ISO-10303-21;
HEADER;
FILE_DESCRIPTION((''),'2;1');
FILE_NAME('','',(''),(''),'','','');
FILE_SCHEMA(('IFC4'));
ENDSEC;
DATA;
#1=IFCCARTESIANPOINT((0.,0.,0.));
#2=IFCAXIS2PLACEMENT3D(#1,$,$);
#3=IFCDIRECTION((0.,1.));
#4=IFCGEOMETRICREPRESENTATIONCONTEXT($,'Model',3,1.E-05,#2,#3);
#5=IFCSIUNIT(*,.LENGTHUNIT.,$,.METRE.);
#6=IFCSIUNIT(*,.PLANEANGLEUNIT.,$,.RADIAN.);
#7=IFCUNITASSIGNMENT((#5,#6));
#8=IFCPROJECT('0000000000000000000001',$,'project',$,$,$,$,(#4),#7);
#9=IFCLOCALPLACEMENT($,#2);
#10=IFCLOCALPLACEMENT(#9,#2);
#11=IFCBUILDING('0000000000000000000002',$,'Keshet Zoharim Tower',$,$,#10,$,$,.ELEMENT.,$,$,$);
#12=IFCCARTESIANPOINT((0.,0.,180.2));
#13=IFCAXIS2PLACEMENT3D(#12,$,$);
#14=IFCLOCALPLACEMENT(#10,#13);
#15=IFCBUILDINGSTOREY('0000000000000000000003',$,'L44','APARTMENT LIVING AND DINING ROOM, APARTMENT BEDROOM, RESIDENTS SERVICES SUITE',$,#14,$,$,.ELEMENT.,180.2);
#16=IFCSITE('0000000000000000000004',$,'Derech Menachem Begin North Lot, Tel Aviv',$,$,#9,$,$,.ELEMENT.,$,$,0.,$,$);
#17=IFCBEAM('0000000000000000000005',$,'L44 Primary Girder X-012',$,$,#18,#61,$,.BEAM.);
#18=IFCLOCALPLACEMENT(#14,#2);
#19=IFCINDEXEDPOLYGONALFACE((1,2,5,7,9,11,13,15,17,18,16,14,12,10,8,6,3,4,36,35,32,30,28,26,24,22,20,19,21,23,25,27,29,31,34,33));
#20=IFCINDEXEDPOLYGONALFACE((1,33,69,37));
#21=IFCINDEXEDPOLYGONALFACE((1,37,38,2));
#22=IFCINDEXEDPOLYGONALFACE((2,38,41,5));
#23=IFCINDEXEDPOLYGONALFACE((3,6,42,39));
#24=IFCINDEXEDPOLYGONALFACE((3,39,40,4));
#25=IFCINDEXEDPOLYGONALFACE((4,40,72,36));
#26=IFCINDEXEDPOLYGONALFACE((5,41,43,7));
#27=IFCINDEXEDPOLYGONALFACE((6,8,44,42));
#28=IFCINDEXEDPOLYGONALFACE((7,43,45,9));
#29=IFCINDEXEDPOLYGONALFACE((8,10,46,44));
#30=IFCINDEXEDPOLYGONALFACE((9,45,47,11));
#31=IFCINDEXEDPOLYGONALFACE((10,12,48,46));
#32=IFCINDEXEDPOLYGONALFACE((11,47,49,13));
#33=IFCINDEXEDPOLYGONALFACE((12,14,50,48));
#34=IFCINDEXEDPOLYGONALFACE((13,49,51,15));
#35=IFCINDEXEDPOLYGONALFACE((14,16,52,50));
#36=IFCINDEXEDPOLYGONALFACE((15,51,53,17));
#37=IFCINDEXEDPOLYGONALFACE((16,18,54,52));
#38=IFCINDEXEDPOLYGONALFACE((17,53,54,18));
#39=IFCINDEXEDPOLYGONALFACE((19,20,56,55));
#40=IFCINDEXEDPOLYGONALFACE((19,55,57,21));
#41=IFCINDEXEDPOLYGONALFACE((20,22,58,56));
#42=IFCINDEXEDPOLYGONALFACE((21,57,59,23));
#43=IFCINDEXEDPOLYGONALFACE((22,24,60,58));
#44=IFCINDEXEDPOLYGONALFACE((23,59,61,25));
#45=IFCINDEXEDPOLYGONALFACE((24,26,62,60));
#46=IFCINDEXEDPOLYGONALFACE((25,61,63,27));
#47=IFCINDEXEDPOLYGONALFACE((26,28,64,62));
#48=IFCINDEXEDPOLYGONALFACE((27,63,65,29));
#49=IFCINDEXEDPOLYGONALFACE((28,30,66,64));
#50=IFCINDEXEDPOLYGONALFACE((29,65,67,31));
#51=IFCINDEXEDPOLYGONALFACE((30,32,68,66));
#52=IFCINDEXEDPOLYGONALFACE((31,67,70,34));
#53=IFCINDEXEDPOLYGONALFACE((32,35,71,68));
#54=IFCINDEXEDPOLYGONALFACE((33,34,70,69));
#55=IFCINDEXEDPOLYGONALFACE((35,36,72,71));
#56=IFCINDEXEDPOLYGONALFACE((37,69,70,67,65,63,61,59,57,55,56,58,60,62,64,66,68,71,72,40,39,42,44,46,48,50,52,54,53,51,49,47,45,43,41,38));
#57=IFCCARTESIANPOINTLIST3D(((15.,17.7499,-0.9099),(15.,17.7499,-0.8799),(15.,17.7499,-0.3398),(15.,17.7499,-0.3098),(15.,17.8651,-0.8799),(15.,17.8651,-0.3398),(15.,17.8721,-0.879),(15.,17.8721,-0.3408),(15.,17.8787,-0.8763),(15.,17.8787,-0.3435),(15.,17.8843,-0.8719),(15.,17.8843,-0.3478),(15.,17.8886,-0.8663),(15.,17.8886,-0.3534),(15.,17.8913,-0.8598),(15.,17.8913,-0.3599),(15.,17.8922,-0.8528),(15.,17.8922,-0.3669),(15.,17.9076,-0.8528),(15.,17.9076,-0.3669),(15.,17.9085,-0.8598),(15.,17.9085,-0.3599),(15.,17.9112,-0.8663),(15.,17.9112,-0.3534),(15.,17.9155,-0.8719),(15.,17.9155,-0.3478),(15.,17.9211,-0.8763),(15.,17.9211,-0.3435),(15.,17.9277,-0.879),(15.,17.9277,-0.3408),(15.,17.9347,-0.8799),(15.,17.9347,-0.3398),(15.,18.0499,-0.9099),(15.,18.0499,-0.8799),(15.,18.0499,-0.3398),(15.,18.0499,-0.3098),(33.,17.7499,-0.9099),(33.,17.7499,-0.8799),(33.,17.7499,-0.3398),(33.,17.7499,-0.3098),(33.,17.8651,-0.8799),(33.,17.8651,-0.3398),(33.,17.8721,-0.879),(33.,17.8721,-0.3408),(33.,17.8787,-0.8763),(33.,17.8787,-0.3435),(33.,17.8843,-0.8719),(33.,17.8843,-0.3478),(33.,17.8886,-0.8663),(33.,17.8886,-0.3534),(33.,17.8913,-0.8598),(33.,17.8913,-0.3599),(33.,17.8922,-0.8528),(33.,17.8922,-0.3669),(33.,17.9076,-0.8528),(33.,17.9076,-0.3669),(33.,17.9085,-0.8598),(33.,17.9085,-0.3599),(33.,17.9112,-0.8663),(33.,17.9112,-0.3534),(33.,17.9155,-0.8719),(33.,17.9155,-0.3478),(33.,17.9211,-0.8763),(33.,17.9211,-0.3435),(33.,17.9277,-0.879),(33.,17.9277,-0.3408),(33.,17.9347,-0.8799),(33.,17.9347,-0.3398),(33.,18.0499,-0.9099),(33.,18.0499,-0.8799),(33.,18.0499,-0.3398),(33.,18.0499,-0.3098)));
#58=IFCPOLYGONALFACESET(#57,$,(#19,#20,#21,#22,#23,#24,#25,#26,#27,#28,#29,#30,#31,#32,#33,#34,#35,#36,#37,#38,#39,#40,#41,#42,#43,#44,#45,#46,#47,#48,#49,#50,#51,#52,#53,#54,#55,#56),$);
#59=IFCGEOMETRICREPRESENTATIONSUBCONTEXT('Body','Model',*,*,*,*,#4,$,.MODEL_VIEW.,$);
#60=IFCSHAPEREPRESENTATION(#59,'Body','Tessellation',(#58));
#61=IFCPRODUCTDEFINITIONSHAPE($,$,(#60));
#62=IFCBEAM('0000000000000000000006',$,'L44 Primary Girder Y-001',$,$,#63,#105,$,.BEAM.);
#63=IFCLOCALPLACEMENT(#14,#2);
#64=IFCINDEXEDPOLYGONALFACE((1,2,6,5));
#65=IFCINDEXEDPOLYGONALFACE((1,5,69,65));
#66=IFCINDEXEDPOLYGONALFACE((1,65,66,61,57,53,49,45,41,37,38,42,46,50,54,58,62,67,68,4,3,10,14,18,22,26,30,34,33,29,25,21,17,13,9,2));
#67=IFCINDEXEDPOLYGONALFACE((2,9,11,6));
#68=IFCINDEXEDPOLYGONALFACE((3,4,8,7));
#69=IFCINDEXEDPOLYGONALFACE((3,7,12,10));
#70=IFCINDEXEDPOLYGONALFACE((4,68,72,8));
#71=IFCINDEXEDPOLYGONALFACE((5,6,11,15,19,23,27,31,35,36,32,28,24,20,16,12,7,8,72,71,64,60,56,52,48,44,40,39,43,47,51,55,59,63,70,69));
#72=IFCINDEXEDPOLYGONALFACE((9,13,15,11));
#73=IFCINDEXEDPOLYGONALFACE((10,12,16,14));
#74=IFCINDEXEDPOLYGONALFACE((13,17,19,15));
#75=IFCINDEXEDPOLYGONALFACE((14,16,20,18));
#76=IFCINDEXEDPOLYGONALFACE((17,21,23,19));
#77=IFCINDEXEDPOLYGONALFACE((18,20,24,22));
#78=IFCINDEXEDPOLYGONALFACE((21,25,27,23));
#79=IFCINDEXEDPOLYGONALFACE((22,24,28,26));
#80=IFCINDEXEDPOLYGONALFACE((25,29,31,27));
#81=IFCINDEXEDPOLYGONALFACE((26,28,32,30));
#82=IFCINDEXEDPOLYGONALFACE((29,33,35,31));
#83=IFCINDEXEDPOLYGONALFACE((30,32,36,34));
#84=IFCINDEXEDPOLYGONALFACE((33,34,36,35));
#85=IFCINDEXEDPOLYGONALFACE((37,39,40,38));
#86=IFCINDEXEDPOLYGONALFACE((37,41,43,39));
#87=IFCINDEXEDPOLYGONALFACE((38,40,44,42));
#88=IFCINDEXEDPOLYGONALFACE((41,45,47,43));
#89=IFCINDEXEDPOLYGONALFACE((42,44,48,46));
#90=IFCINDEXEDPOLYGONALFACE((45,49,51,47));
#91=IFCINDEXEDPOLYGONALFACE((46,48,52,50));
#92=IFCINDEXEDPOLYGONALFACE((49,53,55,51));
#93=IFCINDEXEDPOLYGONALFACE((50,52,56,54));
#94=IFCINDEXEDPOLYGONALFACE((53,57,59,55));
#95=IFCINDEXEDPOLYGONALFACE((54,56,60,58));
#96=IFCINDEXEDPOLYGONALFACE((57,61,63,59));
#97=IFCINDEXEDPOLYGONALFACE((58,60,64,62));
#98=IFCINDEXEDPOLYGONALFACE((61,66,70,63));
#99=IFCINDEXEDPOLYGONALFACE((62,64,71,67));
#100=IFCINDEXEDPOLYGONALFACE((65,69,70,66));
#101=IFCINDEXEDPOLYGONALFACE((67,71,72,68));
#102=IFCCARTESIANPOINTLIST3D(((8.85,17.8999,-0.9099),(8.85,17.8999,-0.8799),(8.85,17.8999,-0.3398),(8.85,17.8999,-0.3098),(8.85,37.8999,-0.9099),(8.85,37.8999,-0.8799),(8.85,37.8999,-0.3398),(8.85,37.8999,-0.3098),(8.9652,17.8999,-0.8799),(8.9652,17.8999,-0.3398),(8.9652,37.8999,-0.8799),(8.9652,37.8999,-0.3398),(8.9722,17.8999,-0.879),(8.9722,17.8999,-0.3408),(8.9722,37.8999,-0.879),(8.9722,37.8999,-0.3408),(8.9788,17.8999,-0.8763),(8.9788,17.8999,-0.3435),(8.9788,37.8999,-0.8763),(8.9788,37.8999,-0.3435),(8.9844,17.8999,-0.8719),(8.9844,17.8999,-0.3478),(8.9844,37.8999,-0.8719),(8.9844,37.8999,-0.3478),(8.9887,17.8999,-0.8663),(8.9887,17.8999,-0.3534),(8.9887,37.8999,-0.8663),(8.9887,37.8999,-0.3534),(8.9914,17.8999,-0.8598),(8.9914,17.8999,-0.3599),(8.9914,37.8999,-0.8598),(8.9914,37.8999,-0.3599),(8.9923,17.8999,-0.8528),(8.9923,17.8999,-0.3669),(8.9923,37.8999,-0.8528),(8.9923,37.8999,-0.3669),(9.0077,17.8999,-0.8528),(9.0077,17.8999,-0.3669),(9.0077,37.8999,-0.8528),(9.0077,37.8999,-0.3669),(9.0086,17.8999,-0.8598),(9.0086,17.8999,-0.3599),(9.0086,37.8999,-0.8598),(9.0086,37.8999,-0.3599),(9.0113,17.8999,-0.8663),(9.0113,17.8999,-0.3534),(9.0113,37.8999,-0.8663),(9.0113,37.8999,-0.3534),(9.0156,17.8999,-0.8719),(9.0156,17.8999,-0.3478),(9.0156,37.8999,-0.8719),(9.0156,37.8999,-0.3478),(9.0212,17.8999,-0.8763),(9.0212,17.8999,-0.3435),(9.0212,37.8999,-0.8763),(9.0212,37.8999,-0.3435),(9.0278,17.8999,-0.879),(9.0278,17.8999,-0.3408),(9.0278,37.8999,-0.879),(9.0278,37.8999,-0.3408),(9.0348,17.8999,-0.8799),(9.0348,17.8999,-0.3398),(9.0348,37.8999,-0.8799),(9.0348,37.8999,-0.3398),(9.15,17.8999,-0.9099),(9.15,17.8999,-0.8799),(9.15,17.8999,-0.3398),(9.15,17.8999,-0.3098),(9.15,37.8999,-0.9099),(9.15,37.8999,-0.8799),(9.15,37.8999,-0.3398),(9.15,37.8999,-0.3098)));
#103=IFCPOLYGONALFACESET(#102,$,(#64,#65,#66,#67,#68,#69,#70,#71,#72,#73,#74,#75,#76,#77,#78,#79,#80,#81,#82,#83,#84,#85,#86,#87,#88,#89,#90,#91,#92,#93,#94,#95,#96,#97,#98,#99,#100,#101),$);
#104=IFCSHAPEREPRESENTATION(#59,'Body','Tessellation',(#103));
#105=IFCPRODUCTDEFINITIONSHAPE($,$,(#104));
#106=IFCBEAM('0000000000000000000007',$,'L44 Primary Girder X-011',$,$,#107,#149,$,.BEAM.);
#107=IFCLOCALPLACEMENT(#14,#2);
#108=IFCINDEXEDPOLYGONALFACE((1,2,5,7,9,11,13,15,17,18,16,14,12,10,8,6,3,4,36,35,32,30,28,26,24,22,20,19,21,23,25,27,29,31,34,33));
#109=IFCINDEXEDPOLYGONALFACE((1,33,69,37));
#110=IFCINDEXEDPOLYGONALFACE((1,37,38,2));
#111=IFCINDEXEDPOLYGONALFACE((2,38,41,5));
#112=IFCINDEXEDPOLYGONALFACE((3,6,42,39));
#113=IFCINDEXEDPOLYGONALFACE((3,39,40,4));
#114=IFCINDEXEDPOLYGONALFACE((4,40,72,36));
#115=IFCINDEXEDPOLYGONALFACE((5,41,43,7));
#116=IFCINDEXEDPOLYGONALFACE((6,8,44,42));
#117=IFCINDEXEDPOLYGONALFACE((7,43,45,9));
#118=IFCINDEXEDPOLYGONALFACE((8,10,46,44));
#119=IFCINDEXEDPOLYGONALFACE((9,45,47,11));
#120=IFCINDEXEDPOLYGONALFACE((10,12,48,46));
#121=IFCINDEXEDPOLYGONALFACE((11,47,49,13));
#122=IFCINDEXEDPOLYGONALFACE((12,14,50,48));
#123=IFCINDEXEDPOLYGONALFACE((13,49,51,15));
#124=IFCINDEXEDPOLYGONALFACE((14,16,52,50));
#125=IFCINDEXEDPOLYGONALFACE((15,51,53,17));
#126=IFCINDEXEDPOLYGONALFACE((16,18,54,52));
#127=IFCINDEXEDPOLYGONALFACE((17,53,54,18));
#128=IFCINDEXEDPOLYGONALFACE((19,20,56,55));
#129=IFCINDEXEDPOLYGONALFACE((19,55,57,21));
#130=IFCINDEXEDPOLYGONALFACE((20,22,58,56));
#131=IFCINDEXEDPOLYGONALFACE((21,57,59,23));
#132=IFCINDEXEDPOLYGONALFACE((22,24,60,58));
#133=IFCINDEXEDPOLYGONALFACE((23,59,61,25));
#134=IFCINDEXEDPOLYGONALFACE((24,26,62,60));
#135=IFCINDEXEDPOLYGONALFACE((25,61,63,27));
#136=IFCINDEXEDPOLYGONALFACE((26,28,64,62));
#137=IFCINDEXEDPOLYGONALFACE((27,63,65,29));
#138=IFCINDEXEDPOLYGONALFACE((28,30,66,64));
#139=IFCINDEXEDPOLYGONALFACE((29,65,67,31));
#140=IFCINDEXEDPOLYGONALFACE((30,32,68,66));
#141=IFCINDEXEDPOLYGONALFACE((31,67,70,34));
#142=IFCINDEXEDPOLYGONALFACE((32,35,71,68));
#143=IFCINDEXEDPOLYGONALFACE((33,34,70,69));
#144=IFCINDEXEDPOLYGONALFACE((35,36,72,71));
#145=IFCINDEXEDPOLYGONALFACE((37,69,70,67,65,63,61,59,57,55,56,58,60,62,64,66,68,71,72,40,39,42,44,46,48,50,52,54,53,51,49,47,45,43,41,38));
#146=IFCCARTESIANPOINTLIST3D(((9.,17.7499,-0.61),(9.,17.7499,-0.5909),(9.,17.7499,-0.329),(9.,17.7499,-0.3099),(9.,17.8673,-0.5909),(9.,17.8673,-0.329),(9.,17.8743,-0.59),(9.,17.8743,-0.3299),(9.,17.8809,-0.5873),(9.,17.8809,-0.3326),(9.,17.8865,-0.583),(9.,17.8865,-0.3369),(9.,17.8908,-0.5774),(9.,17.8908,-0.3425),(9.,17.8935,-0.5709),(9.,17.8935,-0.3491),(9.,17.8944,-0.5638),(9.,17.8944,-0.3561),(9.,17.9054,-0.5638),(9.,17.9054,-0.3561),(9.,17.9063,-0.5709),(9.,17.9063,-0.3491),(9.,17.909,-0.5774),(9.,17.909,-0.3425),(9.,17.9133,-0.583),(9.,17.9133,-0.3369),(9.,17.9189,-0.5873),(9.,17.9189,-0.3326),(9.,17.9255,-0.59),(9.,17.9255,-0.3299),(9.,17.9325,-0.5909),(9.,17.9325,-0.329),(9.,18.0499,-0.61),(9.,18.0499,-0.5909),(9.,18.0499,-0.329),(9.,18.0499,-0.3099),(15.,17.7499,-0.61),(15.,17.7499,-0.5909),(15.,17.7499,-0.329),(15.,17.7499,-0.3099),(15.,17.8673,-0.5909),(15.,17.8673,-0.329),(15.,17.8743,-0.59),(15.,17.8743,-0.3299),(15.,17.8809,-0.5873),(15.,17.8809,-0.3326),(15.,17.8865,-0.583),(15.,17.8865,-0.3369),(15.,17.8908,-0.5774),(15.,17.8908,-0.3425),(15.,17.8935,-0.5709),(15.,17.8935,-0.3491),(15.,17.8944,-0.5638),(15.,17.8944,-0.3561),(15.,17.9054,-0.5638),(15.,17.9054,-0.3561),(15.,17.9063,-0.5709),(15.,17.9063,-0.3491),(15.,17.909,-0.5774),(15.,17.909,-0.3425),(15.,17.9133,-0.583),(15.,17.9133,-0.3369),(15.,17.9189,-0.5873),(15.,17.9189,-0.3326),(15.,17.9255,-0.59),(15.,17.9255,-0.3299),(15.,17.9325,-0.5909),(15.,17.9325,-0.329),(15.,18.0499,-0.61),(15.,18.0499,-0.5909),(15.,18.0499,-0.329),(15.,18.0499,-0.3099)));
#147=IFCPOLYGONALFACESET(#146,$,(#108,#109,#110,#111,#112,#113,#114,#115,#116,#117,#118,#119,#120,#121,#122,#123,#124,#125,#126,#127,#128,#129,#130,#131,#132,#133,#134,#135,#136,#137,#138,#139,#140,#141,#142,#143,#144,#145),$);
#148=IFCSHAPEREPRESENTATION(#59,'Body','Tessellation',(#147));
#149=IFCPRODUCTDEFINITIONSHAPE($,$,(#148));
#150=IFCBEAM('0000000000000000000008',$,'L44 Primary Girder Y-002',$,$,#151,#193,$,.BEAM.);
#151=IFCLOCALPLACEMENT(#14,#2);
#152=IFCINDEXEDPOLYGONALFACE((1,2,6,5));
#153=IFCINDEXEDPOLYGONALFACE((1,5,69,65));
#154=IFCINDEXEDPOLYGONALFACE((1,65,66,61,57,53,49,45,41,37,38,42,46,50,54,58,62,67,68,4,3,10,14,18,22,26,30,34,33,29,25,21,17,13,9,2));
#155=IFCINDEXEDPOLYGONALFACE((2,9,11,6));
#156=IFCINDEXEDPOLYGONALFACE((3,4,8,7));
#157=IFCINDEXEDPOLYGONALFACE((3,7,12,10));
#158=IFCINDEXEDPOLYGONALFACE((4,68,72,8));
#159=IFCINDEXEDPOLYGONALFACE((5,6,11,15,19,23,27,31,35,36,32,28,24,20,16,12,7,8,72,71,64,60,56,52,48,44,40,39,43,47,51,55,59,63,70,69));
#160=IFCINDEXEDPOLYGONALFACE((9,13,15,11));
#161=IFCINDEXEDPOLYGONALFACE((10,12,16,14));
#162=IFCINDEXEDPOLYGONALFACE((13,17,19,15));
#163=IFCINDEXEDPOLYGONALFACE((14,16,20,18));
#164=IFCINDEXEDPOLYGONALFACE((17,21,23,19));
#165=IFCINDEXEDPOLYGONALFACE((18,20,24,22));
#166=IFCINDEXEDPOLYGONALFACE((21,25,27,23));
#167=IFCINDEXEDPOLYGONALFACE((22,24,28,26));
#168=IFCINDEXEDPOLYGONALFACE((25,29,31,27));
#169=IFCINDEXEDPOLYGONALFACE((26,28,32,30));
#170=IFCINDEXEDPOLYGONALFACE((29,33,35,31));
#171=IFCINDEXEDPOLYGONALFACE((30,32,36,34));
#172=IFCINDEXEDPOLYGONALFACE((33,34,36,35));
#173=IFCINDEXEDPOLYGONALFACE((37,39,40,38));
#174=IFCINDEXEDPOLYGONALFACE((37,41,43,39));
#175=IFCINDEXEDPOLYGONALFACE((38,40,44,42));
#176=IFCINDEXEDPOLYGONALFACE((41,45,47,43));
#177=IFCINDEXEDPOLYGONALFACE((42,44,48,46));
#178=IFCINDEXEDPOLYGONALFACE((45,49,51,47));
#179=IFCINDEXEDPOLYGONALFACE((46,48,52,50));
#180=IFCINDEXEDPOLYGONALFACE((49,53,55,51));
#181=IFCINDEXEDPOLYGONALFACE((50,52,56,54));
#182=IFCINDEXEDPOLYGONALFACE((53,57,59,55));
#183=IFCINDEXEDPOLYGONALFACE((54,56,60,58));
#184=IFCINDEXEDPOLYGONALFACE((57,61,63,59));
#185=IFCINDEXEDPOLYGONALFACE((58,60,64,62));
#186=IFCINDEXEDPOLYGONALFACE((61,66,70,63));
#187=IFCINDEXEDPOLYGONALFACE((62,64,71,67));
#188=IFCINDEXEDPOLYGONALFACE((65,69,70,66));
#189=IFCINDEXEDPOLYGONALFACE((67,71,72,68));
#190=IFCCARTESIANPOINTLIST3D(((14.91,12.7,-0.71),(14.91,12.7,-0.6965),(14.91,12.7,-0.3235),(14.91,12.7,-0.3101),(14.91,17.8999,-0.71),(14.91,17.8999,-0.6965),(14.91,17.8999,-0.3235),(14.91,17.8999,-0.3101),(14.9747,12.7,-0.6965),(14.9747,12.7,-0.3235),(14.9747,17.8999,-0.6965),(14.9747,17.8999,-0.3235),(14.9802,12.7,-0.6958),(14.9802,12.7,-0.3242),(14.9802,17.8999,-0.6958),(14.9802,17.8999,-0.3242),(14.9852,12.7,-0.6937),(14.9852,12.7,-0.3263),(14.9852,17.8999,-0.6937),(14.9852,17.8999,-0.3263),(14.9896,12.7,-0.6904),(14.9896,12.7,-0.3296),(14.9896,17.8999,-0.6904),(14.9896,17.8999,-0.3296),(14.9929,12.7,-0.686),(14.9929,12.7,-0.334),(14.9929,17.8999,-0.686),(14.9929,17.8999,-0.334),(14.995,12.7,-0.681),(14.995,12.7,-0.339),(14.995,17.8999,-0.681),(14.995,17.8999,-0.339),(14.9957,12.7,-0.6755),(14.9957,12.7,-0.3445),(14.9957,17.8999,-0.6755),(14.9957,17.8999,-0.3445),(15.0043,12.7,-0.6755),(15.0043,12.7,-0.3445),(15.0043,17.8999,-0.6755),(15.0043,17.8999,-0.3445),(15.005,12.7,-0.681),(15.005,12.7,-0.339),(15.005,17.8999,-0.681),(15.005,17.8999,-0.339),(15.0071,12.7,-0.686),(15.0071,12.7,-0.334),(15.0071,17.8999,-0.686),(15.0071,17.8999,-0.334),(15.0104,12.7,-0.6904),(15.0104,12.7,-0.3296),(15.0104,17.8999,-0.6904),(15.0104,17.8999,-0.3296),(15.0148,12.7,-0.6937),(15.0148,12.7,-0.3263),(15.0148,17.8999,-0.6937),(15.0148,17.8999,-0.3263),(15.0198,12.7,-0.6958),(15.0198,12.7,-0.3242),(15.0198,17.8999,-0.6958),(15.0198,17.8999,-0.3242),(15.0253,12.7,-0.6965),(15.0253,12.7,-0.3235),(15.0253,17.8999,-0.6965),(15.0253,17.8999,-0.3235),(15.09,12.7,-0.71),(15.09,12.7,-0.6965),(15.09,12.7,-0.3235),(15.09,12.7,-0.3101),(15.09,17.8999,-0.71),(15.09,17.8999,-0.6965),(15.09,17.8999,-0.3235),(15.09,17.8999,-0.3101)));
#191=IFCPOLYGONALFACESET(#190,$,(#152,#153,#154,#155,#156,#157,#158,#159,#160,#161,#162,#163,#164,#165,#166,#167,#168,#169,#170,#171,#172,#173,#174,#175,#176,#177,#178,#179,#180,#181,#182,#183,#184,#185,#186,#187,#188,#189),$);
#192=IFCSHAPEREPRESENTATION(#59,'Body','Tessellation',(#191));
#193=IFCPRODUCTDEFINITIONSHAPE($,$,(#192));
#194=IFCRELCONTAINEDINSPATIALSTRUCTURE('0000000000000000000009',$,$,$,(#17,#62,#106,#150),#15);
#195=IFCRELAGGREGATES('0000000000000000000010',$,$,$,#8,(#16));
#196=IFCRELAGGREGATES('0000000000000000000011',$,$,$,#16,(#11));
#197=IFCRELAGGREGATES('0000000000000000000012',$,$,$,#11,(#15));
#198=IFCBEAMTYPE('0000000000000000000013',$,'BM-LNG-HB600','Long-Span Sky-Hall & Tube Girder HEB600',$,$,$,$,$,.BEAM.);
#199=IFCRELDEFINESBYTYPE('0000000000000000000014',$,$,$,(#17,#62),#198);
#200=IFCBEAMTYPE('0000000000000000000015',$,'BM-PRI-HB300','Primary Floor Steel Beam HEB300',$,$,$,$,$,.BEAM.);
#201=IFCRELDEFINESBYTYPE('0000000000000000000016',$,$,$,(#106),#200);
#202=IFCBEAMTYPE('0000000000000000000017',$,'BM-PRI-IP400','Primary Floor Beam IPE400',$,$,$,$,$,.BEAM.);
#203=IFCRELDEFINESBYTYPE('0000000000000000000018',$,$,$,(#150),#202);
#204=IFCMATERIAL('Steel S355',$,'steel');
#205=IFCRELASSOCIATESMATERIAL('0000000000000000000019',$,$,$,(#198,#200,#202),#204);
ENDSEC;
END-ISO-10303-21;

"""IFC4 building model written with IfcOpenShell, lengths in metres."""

from ifc_helpers import new_model, si_unit, direction, frame, origin, origin_2d, place, context, subcontext, project, spatial, i_section, extrude, material, material_profile, profile_set, type_object, element, save


model = new_model("IFC4")

# Units and contexts
model_context = context("Model", 3, precision=1e-05, world=origin(), true_north=direction((0.0, 1.0)))
body_context = subcontext(model_context, "Body", "Model", "MODEL_VIEW")
ifc_project = project(units=[si_unit("LENGTHUNIT", "METRE"), si_unit("PLANEANGLEUNIT", "RADIAN")], contexts=[model_context])

# Site, building, storey
site_placement = place(None, origin())
site = spatial("IfcSite", under=ifc_project, at=site_placement, Name="Derech Menachem Begin North Lot, Tel Aviv", CompositionType="ELEMENT", RefElevation=0.0)
building_placement = place(site_placement, origin())
building = spatial("IfcBuilding", under=site, at=building_placement, Name="Keshet Zoharim Tower", CompositionType="ELEMENT")
storey_placement = place(building_placement, frame((0.0, 0.0, 180.2)))
storey = spatial("IfcBuildingStorey", under=building, at=storey_placement, Name="L44", Description="APARTMENT LIVING AND DINING ROOM, APARTMENT BEDROOM, RESIDENTS SERVICES SUITE", CompositionType="ELEMENT", Elevation=180.2)

# Shared definitions
ifc_material_1 = material(Name="Steel S355", Category="steel")

# Beams
ifc_material_profile_1 = material_profile(ifc_material_1, i_section(OverallWidth=0.3, OverallDepth=0.6001, WebThickness=0.0154, FlangeThickness=0.03, FilletRadius=0.0271, at=origin_2d()), Name="HEB600")
ifc_profile_set_1 = profile_set([ifc_material_profile_1], Name="Steel S355")
beam_type_1 = type_object("IfcBeamType", Name="BM-LNG-HB600", Description="Long-Span Sky-Hall & Tube Girder HEB600", PredefinedType="BEAM", material=ifc_profile_set_1)
for number, where, z_axis, x_axis, name in (
    (1, (15.0, 17.8999, -0.6099), (1.0, 0.0, 0.0), (0.0, 1.0, 0.0), "L44 Primary Girder X-012"),
):
    element("IfcBeam", number, at=place(storey_placement, frame(where, z_axis=z_axis, x_axis=x_axis)), inside=storey, type_object=beam_type_1, Name=name, PredefinedType="BEAM", context=body_context, shape_type="SweptSolid", body=[
        extrude(i_section(OverallWidth=0.3, OverallDepth=0.6001, WebThickness=0.0154, FlangeThickness=0.03, FilletRadius=0.0271, at=origin_2d()), origin(), (0.0, 0.0, 1.0), 18.0),
    ])
beam_1_placement = place(storey_placement, frame((9.0, 17.8999, -0.6099), z_axis=(0.0, 1.0, 0.0), x_axis=(-1.0, 0.0, 0.0)))
element("IfcBeam", 2, at=beam_1_placement, inside=storey, type_object=beam_type_1, Name="L44 Primary Girder Y-001", PredefinedType="BEAM", context=body_context, shape_type="SweptSolid", body=[
    extrude(i_section(OverallWidth=0.3, OverallDepth=0.6001, WebThickness=0.0154, FlangeThickness=0.03, FilletRadius=0.0271, at=origin_2d()), origin(), (0.0, 0.0, 1.0), 20.0),
])
ifc_material_profile_2 = material_profile(ifc_material_1, i_section(OverallWidth=0.3, OverallDepth=0.3, WebThickness=0.011, FlangeThickness=0.019, FilletRadius=0.0271, at=origin_2d()), Name="HEB300")
ifc_profile_set_2 = profile_set([ifc_material_profile_2], Name="Steel S355")
beam_type_2 = type_object("IfcBeamType", Name="BM-PRI-HB300", Description="Primary Floor Steel Beam HEB300", PredefinedType="BEAM", material=ifc_profile_set_2)
beam_2_placement = place(storey_placement, frame((9.0, 17.8999, -0.46), z_axis=(1.0, 0.0, 0.0), x_axis=(0.0, 1.0, 0.0)))
element("IfcBeam", 3, at=beam_2_placement, inside=storey, type_object=beam_type_2, Name="L44 Primary Girder X-011", PredefinedType="BEAM", context=body_context, shape_type="SweptSolid", body=[
    extrude(i_section(OverallWidth=0.3, OverallDepth=0.3, WebThickness=0.011, FlangeThickness=0.019, FilletRadius=0.0271, at=origin_2d()), origin(), (0.0, 0.0, 1.0), 6.0),
])
ifc_material_profile_3 = material_profile(ifc_material_1, i_section(OverallWidth=0.1799, OverallDepth=0.3999, WebThickness=0.0085, FlangeThickness=0.0134, FilletRadius=0.021, at=origin_2d()), Name="IPE400")
ifc_profile_set_3 = profile_set([ifc_material_profile_3], Name="Steel S355")
beam_type_3 = type_object("IfcBeamType", Name="BM-PRI-IP400", Description="Primary Floor Beam IPE400", PredefinedType="BEAM", material=ifc_profile_set_3)
beam_3_placement = place(storey_placement, frame((15.0, 12.7, -0.51), z_axis=(0.0, 1.0, 0.0), x_axis=(-1.0, 0.0, 0.0)))
element("IfcBeam", 4, at=beam_3_placement, inside=storey, type_object=beam_type_3, Name="L44 Primary Girder Y-002", PredefinedType="BEAM", context=body_context, shape_type="SweptSolid", body=[
    extrude(i_section(OverallWidth=0.1799, OverallDepth=0.3999, WebThickness=0.0085, FlangeThickness=0.0134, FilletRadius=0.021, at=origin_2d()), origin(), (0.0, 0.0, 1.0), 5.2),
])

save(model, "model.ifc")
